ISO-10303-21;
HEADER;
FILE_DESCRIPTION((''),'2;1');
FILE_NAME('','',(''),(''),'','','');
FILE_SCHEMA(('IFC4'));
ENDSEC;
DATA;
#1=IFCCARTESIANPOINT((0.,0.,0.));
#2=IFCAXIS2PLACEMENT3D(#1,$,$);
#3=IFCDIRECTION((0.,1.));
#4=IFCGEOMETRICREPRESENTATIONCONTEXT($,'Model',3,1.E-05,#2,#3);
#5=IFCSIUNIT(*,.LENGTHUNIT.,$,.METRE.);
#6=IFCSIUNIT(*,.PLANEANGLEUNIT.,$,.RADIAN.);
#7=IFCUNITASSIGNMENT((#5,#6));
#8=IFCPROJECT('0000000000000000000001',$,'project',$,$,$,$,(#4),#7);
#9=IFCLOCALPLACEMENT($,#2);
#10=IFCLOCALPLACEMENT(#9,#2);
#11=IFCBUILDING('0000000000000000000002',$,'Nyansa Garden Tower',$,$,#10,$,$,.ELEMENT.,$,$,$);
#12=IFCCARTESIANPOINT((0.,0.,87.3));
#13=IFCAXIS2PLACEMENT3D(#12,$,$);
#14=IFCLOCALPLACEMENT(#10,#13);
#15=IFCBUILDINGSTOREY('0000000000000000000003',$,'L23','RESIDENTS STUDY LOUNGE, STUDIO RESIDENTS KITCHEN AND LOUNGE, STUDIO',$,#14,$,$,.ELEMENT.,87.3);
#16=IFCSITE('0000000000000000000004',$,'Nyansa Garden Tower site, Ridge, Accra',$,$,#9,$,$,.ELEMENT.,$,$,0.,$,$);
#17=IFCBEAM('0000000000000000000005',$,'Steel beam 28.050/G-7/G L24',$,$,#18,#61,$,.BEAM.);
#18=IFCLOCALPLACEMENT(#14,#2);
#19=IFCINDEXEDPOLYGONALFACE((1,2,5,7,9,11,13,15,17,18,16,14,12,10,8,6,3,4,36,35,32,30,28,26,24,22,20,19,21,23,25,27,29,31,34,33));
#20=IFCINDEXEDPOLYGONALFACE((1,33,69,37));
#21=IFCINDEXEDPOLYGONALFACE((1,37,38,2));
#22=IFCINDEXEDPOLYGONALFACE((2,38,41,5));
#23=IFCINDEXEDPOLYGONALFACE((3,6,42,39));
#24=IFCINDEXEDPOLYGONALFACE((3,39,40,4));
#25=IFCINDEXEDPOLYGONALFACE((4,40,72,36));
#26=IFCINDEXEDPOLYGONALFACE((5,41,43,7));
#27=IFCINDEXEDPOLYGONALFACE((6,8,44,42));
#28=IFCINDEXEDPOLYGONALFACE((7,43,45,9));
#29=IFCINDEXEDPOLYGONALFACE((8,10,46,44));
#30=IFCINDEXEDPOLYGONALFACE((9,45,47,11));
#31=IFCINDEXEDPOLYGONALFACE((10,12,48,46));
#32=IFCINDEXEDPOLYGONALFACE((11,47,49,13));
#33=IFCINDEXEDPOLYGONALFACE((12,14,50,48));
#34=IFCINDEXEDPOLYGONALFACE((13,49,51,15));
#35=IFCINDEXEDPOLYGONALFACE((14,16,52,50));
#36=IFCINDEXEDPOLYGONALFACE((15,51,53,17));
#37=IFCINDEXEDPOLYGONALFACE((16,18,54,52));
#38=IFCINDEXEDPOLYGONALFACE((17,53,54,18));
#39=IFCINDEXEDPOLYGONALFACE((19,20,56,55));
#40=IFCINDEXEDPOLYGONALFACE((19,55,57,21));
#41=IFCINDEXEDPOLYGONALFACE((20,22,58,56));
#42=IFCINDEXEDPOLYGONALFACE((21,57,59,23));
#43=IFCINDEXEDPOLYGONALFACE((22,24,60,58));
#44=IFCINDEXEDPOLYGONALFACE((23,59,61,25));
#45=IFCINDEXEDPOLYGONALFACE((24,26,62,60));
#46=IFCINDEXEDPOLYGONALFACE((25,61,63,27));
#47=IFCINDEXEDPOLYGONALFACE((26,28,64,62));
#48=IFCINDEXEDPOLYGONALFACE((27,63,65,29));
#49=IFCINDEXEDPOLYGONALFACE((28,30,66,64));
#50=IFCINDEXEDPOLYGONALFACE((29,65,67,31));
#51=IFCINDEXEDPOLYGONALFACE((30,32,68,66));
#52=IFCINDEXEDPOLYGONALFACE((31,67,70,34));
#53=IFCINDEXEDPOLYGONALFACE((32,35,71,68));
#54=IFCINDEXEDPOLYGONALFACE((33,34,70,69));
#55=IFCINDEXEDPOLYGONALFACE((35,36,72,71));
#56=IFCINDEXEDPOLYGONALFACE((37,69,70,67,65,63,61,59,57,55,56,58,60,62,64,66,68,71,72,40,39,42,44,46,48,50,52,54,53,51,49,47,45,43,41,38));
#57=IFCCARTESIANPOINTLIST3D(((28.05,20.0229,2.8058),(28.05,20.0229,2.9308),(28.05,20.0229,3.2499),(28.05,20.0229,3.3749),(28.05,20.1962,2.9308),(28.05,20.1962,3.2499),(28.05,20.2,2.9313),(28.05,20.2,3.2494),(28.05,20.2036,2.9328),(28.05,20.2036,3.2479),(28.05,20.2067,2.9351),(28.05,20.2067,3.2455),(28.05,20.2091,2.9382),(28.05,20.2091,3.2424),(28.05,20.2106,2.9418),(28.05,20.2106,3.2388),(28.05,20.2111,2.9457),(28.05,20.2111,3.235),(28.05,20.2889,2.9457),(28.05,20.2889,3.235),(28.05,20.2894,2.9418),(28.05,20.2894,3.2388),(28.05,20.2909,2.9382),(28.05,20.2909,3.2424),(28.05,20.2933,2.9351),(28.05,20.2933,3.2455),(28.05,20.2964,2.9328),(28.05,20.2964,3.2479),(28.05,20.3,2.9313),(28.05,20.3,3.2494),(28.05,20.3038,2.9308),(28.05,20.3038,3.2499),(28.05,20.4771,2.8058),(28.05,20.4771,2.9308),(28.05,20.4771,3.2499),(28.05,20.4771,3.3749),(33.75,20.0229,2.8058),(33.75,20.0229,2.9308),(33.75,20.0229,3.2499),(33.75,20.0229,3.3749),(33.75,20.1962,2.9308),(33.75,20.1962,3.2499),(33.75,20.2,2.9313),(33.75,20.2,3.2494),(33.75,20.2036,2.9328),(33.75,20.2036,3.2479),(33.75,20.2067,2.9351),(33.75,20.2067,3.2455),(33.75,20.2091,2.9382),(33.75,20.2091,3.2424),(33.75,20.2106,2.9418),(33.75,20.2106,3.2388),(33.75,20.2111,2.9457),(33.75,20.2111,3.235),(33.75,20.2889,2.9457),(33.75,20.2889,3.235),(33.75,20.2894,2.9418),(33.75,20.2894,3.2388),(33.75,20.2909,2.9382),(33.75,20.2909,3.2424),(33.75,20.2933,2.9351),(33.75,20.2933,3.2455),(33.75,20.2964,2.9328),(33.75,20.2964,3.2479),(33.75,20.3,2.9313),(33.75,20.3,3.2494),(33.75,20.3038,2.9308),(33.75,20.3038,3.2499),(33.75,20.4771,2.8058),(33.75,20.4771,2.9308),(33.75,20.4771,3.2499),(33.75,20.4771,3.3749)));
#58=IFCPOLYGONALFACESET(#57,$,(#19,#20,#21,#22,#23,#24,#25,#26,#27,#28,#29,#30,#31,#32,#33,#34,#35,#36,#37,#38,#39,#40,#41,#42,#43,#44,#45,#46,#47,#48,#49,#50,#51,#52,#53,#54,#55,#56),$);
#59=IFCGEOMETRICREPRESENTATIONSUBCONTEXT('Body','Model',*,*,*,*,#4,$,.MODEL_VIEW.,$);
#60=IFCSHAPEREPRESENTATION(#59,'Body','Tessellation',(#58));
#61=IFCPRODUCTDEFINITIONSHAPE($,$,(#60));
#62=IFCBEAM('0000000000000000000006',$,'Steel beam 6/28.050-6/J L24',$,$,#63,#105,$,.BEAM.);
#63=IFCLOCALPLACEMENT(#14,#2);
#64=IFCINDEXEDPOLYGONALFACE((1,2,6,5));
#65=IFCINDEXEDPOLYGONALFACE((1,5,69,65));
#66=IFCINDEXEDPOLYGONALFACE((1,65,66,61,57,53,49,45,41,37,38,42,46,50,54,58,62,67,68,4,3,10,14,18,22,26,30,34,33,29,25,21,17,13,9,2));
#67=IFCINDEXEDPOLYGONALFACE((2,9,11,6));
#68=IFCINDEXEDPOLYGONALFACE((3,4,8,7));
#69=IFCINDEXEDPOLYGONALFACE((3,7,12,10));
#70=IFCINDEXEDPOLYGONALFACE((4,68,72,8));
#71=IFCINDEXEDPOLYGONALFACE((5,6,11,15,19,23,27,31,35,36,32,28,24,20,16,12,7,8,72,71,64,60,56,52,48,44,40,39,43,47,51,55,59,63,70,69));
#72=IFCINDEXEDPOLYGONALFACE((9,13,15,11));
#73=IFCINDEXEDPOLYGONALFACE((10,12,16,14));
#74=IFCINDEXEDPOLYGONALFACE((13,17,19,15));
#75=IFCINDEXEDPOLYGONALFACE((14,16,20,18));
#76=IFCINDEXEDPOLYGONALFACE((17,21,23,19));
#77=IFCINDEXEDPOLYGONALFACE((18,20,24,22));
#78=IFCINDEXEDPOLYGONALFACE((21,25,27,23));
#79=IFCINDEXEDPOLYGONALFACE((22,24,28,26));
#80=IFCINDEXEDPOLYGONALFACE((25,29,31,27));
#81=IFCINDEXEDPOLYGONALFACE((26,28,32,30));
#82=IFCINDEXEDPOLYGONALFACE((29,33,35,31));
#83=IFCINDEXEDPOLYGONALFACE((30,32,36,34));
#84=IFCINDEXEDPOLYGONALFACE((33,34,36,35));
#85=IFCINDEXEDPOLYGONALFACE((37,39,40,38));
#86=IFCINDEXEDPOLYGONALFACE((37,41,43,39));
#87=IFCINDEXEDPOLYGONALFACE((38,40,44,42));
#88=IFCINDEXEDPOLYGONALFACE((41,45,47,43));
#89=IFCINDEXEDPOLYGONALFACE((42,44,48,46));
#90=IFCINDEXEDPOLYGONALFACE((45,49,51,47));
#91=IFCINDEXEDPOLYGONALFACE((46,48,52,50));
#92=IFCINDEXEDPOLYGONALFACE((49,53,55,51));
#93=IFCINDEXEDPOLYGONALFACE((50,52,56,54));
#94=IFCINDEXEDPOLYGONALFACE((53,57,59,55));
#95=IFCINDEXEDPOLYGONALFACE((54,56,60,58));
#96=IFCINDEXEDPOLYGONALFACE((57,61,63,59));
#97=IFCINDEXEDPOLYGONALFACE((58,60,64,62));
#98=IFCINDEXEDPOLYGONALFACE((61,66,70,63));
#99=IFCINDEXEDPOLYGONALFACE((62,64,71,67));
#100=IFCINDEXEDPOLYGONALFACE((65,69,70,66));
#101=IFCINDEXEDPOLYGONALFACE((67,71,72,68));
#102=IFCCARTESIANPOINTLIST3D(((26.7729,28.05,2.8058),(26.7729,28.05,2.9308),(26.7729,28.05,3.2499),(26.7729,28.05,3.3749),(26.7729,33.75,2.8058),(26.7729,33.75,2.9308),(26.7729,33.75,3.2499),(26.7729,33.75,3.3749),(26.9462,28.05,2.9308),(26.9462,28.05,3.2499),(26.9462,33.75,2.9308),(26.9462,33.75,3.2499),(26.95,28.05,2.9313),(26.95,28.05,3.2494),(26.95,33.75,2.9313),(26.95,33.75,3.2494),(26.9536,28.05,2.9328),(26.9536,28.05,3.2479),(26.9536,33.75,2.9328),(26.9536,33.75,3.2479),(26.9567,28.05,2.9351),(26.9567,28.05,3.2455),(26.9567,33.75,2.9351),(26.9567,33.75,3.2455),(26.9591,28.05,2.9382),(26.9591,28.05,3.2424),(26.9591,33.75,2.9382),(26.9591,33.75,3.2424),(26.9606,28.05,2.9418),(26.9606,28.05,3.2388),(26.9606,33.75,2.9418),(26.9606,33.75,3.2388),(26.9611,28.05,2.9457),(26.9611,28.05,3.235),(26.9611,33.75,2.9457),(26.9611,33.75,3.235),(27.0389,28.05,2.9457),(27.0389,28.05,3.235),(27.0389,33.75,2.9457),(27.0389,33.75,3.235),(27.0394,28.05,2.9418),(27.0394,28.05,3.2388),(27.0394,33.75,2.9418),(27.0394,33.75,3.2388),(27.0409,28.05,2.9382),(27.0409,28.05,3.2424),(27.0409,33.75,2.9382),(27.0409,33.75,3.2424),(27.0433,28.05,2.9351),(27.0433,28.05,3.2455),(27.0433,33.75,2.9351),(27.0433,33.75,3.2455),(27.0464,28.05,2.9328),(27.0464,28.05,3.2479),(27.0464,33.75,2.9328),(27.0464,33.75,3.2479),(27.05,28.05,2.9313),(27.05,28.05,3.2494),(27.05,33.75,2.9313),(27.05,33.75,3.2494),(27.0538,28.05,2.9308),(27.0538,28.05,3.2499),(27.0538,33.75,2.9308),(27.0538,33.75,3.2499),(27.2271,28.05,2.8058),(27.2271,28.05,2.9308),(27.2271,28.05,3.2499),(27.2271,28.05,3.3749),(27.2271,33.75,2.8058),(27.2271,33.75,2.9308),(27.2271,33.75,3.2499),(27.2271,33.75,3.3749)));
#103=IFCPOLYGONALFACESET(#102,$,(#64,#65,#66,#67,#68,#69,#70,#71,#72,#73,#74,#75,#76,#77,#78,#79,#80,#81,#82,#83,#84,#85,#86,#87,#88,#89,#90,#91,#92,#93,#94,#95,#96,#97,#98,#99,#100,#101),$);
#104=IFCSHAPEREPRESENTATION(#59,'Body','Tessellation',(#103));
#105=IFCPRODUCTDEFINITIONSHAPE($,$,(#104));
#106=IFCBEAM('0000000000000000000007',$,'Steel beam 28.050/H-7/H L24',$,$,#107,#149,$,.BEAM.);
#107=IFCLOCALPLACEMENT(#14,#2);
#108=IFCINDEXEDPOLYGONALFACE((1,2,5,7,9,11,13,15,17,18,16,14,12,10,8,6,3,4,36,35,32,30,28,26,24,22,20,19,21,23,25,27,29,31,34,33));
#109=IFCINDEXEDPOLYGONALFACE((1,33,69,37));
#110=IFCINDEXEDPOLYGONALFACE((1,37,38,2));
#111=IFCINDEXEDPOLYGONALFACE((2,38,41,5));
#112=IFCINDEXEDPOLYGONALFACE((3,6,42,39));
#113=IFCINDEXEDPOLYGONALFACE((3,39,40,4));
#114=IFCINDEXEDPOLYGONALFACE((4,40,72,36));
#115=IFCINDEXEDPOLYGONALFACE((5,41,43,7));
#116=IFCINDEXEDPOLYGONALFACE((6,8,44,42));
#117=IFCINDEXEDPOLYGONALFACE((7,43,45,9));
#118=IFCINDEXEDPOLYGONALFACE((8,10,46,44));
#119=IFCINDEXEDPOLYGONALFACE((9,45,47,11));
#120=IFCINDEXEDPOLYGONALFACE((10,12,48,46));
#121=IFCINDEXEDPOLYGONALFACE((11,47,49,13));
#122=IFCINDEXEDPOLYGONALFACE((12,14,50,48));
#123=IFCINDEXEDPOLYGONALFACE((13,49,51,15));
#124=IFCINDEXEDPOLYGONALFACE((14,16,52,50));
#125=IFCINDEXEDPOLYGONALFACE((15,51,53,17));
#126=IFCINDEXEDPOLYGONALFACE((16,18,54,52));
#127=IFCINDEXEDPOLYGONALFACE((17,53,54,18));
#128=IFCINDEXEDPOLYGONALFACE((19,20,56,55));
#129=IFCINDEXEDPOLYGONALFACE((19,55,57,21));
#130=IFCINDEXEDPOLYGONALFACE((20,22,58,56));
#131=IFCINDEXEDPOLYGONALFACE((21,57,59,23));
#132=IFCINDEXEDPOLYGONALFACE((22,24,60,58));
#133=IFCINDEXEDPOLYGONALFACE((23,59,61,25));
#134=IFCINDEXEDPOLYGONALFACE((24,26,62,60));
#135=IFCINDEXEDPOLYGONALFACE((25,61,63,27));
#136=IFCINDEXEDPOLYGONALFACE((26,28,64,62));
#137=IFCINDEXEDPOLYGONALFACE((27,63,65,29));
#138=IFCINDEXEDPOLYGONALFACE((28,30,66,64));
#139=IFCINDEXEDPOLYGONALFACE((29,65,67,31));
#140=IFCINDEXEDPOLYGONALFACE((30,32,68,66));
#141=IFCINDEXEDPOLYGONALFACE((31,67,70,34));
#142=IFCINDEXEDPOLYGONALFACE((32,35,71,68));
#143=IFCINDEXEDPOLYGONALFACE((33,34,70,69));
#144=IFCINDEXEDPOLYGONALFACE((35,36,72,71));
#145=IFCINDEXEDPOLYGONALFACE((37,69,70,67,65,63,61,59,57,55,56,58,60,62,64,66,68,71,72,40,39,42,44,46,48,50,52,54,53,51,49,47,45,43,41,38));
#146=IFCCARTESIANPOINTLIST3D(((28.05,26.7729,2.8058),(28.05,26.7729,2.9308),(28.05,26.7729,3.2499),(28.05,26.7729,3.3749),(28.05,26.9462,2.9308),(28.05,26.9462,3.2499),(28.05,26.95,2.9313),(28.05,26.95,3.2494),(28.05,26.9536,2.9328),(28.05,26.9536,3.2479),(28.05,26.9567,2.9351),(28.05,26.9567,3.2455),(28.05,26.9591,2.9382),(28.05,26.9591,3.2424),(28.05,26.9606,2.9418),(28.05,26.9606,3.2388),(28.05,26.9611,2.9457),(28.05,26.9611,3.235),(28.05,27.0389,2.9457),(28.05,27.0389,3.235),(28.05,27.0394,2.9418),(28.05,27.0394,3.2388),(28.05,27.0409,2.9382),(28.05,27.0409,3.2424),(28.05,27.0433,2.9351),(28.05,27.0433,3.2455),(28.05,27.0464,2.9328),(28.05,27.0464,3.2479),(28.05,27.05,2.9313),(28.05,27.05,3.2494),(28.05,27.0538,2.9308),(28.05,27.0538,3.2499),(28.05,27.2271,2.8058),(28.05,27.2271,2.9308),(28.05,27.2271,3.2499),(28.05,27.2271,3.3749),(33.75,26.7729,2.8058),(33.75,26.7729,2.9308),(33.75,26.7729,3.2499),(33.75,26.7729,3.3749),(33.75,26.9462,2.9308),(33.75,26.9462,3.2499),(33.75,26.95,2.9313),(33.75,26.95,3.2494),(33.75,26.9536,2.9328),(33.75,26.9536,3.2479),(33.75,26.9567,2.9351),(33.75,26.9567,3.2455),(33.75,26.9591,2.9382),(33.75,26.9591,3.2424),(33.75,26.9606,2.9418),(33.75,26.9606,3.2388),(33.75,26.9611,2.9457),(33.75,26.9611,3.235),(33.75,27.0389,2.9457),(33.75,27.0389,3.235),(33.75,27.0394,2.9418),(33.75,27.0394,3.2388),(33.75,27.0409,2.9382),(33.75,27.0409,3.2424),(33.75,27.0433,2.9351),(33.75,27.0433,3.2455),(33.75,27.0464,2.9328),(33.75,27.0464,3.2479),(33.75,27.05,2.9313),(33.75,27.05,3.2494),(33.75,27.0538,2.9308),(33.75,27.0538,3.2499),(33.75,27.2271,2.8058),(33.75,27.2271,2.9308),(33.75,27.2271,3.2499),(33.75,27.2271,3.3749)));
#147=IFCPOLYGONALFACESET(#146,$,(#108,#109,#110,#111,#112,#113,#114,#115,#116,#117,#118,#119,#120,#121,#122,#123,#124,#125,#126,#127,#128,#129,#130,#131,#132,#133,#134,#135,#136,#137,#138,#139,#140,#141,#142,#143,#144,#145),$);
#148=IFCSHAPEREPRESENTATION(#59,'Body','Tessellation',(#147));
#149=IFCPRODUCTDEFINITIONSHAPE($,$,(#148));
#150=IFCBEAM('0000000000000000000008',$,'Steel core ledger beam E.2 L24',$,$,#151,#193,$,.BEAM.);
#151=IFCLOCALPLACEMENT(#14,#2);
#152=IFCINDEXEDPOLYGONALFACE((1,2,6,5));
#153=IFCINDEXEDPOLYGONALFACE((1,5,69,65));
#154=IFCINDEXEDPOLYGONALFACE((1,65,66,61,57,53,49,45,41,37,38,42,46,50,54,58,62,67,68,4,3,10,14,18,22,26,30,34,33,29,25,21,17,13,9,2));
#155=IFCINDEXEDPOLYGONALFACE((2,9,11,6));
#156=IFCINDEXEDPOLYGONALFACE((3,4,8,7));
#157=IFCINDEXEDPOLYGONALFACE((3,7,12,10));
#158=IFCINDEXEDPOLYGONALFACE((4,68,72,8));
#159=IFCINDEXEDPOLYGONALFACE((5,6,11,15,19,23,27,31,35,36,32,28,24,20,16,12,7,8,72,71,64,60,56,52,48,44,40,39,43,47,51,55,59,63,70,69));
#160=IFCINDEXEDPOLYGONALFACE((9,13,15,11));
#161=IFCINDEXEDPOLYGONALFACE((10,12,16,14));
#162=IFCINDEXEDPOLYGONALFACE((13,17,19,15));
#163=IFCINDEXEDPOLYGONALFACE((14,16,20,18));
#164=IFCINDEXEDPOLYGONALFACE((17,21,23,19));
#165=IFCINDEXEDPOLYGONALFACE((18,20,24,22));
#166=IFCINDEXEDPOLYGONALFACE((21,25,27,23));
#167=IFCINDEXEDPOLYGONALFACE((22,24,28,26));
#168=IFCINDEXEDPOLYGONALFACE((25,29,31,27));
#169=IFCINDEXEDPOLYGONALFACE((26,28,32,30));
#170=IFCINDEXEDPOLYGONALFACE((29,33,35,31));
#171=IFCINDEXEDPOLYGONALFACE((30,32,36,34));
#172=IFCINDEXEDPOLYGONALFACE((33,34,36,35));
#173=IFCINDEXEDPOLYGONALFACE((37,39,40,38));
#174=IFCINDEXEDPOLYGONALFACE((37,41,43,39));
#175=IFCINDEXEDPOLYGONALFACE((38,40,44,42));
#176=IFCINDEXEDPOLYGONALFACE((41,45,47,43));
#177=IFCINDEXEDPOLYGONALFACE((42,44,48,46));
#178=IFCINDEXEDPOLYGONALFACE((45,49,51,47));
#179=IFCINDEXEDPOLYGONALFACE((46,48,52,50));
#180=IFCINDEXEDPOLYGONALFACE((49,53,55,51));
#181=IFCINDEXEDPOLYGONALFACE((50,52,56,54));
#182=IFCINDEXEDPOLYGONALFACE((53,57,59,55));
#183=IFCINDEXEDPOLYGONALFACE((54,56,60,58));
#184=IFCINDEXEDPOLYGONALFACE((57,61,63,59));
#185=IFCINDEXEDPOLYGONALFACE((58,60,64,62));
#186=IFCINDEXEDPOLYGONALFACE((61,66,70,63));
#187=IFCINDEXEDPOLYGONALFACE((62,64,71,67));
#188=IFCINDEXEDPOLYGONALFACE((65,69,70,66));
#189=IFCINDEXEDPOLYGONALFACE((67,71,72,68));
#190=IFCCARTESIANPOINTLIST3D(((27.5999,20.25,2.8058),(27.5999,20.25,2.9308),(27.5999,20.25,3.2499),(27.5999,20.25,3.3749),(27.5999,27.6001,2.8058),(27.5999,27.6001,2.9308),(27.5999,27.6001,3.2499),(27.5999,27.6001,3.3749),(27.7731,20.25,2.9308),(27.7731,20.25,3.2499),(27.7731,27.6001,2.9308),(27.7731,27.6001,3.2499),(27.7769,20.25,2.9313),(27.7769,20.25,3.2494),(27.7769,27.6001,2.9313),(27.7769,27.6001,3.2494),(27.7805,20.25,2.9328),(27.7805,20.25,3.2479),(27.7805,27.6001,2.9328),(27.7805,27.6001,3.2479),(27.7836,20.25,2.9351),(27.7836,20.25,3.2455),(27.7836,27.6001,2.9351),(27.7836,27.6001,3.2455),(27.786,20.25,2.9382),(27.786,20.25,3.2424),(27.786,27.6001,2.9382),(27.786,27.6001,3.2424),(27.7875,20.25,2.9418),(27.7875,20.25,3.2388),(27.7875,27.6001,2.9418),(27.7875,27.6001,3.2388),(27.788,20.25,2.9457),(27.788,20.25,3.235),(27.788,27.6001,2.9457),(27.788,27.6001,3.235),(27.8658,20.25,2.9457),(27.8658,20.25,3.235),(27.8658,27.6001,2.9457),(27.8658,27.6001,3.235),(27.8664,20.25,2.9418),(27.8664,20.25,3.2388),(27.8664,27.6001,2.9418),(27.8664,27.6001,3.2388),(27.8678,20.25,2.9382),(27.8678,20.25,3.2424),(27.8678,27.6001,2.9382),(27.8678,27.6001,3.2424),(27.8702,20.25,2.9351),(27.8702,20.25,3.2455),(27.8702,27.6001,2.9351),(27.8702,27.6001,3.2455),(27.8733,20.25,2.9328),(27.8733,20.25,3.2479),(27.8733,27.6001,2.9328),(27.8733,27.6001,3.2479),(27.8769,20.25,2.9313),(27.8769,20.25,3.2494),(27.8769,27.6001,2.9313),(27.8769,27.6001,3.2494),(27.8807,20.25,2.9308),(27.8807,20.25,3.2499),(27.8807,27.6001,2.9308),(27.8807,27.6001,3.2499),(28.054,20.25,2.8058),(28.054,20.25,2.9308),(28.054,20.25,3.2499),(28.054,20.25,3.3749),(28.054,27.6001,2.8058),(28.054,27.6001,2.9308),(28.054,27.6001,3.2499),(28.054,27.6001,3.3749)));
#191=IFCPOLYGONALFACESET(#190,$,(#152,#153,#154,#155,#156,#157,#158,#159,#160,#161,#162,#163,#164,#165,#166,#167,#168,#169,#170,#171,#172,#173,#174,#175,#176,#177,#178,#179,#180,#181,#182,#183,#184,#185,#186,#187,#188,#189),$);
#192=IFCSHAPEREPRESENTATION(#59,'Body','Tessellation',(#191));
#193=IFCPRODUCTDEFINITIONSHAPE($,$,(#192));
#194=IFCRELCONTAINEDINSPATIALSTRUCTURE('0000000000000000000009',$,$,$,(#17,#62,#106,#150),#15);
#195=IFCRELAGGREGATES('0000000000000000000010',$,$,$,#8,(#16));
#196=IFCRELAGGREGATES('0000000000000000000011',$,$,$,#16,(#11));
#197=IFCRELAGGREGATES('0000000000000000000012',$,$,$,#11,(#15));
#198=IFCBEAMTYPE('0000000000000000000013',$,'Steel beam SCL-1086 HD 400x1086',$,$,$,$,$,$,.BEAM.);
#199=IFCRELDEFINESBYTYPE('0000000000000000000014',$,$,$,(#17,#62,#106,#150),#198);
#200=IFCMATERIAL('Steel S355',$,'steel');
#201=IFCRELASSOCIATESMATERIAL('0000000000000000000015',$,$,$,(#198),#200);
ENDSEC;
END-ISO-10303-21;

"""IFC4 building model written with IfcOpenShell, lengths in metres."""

from ifc_helpers import new_model, si_unit, direction, frame, origin, origin_2d, place, context, subcontext, project, spatial, i_section, extrude, material, material_profile, profile_set, type_object, element, save


model = new_model("IFC4")

# Units and contexts
model_context = context("Model", 3, precision=1e-05, world=origin(), true_north=direction((0.0, 1.0)))
body_context = subcontext(model_context, "Body", "Model", "MODEL_VIEW")
ifc_project = project(units=[si_unit("LENGTHUNIT", "METRE"), si_unit("PLANEANGLEUNIT", "RADIAN")], contexts=[model_context])

# Site, building, storey
site_placement = place(None, origin())
site = spatial("IfcSite", under=ifc_project, at=site_placement, Name="Nyansa Garden Tower site, Ridge, Accra", CompositionType="ELEMENT", RefElevation=0.0)
building_placement = place(site_placement, origin())
building = spatial("IfcBuilding", under=site, at=building_placement, Name="Nyansa Garden Tower", CompositionType="ELEMENT")
storey_placement = place(building_placement, frame((0.0, 0.0, 87.3)))
storey = spatial("IfcBuildingStorey", under=building, at=storey_placement, Name="L23", Description="RESIDENTS STUDY LOUNGE, STUDIO RESIDENTS KITCHEN AND LOUNGE, STUDIO", CompositionType="ELEMENT", Elevation=87.3)

# Beams
ifc_material_1 = material(Name="Steel S355", Category="steel")
ifc_material_profile_1 = material_profile(ifc_material_1, i_section(OverallWidth=0.4541, OverallDepth=0.5691, WebThickness=0.0779, FlangeThickness=0.125, FilletRadius=0.0149, at=origin_2d()), Name="HD 400x1086")
ifc_profile_set_1 = profile_set([ifc_material_profile_1], Name="Steel S355")
beam_type = type_object("IfcBeamType", Name="Steel beam SCL-1086 HD 400x1086", PredefinedType="BEAM", material=ifc_profile_set_1)
for number, where, z_axis, x_axis, name in (
    (1, (28.05, 20.25, 3.0903), (1.0, 0.0, 0.0), (0.0, 1.0, 0.0), "Steel beam 28.050/G-7/G L24"),
    (2, (27.0, 28.05, 3.0903), (0.0, 1.0, 0.0), (-1.0, 0.0, 0.0), "Steel beam 6/28.050-6/J L24"),
    (3, (28.05, 27.0, 3.0903), (1.0, 0.0, 0.0), (0.0, 1.0, 0.0), "Steel beam 28.050/H-7/H L24"),
):
    element("IfcBeam", number, at=place(storey_placement, frame(where, z_axis=z_axis, x_axis=x_axis)), inside=storey, type_object=beam_type, Name=name, PredefinedType="BEAM", context=body_context, shape_type="SweptSolid", body=[
        extrude(i_section(OverallWidth=0.4541, OverallDepth=0.5691, WebThickness=0.0779, FlangeThickness=0.125, FilletRadius=0.0149, at=origin_2d()), origin(), (0.0, 0.0, 1.0), 5.7),
    ])
beam_1_placement = place(storey_placement, frame((27.8269, 20.25, 3.0903), z_axis=(0.0, 1.0, 0.0), x_axis=(-1.0, 0.0, 0.0)))
element("IfcBeam", 4, at=beam_1_placement, inside=storey, type_object=beam_type, Name="Steel core ledger beam E.2 L24", PredefinedType="BEAM", context=body_context, shape_type="SweptSolid", body=[
    extrude(i_section(OverallWidth=0.4541, OverallDepth=0.5691, WebThickness=0.0779, FlangeThickness=0.125, FilletRadius=0.0149, at=origin_2d()), origin(), (0.0, 0.0, 1.0), 7.3501),
])

save(model, "model.ifc")
